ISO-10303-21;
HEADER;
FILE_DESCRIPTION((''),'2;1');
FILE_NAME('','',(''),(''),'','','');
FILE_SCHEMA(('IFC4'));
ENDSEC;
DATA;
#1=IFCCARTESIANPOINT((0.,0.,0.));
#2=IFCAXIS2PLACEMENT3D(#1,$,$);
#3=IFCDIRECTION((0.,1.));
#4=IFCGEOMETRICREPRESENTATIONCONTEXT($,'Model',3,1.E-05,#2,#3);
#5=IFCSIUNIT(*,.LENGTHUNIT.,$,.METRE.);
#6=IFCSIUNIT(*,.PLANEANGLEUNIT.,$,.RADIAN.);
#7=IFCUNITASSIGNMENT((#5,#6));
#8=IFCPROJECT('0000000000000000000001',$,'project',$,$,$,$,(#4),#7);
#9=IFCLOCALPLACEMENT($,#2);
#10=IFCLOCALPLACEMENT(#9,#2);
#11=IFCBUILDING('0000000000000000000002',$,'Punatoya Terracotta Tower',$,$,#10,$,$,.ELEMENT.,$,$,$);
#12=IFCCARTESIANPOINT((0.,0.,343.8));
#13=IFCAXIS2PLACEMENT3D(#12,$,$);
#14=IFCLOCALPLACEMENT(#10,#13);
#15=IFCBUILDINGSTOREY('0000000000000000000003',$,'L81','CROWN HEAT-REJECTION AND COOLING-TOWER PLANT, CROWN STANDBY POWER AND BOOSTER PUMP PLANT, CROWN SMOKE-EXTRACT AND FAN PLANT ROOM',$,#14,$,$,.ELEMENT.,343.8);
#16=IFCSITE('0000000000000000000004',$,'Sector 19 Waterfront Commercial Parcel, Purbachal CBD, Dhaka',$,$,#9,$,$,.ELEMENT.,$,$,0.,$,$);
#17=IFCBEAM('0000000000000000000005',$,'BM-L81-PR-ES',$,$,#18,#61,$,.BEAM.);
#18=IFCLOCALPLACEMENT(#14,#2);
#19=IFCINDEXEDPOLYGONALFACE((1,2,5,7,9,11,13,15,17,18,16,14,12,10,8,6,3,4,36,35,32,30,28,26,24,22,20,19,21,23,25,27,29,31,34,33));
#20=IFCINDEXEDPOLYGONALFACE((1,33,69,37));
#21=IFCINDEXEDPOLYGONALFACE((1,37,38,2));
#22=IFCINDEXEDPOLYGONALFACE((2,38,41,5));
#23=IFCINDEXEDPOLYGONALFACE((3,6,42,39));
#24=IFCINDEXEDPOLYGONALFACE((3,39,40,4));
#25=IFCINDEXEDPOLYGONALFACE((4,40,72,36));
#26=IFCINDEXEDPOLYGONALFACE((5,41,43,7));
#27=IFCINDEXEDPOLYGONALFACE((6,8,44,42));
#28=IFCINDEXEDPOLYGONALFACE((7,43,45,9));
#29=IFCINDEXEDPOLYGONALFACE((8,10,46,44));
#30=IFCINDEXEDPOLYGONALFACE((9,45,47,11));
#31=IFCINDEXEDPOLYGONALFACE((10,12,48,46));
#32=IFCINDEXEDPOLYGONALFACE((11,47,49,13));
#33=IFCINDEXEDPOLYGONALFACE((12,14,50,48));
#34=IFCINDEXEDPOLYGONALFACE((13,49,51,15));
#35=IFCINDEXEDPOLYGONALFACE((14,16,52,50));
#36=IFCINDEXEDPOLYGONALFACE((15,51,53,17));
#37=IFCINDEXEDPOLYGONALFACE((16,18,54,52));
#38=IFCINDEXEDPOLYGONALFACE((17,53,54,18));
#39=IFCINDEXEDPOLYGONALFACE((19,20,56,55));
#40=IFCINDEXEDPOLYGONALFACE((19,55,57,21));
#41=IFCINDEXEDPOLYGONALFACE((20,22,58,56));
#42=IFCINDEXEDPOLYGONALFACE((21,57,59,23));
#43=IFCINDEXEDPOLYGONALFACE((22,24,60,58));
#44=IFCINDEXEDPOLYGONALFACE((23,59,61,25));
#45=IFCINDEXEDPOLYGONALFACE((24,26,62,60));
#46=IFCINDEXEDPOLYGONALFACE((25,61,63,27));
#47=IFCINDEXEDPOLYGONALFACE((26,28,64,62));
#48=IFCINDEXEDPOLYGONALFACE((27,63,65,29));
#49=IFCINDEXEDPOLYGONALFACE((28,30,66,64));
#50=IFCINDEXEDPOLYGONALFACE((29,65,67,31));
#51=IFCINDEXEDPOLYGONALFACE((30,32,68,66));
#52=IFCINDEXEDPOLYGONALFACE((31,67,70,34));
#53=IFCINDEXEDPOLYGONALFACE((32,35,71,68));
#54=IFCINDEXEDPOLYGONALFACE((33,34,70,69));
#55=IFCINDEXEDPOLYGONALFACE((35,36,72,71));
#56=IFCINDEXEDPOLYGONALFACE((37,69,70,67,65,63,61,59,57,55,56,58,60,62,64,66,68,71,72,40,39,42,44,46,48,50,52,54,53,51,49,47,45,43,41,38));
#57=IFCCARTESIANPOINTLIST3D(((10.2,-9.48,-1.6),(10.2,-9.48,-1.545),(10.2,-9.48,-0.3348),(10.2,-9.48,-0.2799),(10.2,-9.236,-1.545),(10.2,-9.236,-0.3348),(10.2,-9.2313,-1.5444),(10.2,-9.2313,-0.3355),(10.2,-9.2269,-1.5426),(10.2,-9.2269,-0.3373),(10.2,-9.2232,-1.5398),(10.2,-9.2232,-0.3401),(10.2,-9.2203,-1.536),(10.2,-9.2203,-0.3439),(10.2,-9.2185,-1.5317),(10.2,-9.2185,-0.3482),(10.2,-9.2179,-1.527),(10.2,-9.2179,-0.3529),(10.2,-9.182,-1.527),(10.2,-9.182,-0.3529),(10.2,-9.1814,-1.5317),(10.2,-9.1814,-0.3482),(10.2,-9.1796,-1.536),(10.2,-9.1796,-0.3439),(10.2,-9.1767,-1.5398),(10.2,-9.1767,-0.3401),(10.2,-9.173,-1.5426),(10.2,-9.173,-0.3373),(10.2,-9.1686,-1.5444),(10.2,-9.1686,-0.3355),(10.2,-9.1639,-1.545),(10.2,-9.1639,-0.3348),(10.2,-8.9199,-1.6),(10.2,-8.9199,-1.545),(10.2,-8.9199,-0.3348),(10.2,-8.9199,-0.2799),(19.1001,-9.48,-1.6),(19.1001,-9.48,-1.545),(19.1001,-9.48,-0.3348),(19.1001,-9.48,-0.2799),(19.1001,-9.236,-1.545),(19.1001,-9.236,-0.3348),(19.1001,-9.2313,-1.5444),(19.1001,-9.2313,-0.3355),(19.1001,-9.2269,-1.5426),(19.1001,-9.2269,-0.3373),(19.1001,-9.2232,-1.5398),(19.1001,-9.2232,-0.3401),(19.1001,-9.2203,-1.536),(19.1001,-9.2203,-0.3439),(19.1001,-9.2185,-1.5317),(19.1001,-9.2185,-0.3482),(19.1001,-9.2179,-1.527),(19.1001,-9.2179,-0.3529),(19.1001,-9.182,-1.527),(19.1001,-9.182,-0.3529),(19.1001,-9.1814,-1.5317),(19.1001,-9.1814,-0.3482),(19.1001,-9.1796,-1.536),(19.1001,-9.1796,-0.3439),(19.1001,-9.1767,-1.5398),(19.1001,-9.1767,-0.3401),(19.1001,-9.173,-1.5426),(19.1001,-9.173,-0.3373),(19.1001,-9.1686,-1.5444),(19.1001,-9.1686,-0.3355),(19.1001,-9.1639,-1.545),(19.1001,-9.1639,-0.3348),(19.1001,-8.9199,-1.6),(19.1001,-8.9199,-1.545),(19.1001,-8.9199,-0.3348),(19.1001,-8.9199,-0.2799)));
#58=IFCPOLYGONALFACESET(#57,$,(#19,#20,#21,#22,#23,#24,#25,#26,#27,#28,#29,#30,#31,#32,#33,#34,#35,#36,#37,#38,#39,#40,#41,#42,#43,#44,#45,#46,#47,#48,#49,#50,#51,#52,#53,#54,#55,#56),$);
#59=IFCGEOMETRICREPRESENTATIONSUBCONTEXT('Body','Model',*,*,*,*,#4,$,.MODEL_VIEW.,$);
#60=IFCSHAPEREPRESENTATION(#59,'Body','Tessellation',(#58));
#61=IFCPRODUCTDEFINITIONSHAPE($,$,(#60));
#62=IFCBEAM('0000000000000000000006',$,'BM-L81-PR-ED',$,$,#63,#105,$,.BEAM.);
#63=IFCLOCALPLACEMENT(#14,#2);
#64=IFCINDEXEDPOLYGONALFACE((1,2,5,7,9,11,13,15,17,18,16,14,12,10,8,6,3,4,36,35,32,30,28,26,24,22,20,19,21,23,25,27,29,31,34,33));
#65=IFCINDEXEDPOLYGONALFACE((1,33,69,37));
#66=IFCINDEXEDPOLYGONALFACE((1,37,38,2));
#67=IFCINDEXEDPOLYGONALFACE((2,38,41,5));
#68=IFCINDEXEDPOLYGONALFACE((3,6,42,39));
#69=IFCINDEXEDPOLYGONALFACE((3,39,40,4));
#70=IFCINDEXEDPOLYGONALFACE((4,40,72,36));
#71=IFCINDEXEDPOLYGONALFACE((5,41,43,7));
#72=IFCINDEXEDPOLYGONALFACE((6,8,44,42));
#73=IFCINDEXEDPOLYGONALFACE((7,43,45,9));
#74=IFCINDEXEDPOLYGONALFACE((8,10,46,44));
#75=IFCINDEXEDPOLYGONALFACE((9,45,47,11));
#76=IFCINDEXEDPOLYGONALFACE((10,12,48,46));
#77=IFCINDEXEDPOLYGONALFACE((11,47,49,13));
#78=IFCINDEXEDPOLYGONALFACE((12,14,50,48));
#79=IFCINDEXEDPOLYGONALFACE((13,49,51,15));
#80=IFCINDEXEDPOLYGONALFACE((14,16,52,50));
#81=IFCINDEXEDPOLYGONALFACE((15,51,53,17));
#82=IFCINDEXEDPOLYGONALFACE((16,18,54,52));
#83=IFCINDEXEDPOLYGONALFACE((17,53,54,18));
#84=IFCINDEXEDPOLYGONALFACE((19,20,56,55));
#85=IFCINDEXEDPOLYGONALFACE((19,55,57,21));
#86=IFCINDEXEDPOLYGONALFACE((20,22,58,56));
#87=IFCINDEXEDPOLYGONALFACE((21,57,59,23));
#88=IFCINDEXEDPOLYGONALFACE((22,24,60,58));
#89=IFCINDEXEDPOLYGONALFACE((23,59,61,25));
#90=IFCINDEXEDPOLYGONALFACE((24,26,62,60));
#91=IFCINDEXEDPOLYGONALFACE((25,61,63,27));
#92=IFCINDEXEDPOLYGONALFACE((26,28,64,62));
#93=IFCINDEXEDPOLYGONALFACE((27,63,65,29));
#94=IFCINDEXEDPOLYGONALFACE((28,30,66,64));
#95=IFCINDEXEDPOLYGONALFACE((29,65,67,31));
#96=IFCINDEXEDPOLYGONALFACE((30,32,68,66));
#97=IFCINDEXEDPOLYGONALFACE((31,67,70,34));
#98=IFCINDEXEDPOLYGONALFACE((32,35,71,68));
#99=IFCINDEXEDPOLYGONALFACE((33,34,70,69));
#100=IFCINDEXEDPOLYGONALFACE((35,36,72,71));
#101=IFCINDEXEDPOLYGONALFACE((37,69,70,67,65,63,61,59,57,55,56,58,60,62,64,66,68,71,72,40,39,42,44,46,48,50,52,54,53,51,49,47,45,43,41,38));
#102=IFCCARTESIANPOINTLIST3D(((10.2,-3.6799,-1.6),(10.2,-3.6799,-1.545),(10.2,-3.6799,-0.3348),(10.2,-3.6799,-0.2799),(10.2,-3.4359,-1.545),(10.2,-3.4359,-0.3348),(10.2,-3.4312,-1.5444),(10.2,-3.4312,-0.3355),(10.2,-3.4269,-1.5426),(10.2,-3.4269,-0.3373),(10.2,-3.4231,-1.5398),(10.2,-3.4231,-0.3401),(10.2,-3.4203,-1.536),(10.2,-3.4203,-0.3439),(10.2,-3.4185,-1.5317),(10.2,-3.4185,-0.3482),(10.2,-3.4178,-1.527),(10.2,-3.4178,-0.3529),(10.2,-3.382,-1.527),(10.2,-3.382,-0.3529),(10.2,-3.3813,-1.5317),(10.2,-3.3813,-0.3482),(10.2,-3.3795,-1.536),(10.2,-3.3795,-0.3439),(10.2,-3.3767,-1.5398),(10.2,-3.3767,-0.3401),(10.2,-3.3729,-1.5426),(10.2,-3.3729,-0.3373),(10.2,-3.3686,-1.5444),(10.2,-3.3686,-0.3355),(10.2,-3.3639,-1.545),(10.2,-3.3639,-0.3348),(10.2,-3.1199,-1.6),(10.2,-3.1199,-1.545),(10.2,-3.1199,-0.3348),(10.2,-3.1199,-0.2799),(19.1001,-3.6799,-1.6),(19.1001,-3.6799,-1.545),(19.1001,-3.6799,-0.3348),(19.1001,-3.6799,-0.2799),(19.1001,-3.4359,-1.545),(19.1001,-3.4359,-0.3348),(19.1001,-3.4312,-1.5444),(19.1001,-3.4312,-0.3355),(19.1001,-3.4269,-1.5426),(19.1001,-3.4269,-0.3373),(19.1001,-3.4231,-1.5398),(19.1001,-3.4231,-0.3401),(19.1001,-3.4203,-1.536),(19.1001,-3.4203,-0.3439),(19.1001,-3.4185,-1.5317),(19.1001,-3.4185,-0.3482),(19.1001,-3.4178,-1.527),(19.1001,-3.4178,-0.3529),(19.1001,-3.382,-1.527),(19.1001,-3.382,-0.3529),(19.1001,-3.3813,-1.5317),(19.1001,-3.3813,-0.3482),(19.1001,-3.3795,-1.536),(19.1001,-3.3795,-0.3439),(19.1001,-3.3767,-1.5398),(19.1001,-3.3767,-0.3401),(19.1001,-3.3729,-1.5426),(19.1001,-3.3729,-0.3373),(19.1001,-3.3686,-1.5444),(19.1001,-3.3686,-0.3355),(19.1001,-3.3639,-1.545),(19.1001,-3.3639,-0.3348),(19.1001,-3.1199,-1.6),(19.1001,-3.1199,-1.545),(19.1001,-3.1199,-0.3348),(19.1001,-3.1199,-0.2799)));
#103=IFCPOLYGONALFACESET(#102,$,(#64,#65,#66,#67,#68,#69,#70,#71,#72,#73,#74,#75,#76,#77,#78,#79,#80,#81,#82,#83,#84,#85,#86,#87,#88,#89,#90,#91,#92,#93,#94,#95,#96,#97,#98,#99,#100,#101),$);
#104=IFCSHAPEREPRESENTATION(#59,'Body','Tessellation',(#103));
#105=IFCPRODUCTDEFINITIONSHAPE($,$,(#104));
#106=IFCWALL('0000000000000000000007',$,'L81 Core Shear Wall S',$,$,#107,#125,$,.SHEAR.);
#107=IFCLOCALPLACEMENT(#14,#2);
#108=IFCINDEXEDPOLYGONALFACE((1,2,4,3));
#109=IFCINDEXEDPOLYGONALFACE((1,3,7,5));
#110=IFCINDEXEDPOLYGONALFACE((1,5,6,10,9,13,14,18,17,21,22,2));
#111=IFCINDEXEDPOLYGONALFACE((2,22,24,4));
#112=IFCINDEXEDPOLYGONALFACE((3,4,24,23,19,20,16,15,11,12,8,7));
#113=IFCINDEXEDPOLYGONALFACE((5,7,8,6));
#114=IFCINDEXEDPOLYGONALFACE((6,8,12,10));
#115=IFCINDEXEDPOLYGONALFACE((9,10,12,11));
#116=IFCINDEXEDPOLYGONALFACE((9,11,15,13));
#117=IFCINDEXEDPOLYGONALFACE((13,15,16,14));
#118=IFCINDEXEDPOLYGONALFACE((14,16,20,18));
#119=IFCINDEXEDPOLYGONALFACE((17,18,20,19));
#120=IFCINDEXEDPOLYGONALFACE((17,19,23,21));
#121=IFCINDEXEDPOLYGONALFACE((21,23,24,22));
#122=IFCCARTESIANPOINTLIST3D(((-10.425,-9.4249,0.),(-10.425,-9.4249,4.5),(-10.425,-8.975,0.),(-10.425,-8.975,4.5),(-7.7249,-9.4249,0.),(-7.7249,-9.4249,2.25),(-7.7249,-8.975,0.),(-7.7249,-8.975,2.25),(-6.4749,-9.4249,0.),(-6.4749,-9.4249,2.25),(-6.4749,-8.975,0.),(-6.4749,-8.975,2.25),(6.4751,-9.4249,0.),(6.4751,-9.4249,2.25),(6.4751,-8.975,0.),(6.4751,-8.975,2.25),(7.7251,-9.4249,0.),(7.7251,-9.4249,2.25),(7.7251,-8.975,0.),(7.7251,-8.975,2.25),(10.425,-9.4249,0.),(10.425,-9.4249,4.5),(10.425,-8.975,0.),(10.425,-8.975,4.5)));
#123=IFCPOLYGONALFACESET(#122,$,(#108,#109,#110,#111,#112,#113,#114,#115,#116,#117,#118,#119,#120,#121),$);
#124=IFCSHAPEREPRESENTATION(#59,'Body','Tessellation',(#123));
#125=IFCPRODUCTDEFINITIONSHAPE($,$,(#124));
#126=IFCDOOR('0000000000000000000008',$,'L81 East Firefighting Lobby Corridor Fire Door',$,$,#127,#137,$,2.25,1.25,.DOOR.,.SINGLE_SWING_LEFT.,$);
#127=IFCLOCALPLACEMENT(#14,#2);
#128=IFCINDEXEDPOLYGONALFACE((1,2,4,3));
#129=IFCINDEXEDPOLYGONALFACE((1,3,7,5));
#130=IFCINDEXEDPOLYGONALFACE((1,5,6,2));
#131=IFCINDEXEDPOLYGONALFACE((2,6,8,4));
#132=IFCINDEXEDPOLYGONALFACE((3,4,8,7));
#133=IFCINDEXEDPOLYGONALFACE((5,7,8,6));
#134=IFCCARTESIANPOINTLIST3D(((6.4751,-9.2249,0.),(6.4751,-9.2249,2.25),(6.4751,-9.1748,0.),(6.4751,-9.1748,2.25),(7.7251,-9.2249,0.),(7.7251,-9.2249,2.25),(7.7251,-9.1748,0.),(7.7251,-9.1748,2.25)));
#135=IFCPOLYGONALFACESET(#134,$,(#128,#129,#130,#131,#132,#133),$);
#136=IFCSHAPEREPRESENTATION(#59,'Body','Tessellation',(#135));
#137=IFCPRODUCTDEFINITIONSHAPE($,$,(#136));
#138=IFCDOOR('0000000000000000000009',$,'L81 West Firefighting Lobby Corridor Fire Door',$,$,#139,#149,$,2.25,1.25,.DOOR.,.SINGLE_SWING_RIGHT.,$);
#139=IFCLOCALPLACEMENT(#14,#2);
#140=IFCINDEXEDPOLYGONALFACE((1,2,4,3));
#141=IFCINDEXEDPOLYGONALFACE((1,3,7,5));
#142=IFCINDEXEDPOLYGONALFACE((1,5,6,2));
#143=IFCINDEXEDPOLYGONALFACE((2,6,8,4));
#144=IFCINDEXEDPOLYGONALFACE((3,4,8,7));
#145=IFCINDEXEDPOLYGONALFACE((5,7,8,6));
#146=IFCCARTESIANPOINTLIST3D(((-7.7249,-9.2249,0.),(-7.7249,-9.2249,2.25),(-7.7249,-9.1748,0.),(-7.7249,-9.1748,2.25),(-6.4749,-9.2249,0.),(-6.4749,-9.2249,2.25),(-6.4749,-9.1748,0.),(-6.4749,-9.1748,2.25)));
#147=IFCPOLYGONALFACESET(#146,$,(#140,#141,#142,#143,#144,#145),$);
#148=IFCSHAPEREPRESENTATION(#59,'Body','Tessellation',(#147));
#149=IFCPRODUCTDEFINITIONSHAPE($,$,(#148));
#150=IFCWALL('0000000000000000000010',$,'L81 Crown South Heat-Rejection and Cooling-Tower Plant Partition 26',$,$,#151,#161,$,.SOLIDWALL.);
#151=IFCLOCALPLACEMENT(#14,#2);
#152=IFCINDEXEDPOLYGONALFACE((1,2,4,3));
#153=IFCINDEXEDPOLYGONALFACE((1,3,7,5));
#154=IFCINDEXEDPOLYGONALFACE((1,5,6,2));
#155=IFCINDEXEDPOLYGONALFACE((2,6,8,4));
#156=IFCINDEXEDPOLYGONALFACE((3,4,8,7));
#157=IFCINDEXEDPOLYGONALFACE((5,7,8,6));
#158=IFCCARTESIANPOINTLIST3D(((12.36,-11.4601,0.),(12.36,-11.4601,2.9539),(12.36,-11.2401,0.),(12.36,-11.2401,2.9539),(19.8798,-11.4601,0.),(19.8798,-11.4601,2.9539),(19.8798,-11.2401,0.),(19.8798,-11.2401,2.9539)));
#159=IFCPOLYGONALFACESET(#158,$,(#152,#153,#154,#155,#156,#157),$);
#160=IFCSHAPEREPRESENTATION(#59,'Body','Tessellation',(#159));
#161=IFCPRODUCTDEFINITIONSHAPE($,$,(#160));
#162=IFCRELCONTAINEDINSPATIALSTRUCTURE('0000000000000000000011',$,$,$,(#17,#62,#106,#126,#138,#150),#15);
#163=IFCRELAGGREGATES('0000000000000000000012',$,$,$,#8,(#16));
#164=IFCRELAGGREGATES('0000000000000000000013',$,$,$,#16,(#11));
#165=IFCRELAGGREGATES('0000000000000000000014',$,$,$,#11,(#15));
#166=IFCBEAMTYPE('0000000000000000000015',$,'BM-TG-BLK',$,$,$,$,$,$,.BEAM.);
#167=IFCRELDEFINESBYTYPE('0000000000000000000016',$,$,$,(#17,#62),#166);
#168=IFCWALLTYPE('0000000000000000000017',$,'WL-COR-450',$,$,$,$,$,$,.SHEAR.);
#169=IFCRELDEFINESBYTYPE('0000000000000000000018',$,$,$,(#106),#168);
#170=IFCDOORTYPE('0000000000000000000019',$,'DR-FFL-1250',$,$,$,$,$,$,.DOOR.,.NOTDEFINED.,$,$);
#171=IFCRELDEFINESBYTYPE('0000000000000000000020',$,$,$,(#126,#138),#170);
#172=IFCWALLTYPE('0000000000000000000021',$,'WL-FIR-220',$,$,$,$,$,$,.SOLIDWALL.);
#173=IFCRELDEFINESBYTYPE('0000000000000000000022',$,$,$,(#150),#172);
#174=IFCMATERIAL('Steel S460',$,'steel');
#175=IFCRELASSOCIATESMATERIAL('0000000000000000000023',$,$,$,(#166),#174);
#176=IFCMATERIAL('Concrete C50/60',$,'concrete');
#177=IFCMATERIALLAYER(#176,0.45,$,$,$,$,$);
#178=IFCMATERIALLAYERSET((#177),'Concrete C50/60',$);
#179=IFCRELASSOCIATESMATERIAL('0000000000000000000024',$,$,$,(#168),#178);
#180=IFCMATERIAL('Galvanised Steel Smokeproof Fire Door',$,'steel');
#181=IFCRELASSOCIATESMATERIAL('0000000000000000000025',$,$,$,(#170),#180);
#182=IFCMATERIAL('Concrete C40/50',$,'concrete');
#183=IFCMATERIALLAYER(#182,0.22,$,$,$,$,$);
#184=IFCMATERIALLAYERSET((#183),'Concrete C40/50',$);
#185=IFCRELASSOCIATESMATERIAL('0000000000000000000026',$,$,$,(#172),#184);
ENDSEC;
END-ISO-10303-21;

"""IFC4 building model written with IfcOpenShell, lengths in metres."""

from ifc_helpers import new_model, si_unit, direction, frame, frame_2d, origin, origin_2d, place, context, subcontext, project, spatial, rectangle, i_section, extrude, material, layer, layer_set, material_profile, profile_set, type_object, element, fill, save


model = new_model("IFC4")

# Units and contexts
model_context = context("Model", 3, precision=1e-05, world=origin(), true_north=direction((0.0, 1.0)))
body_context = subcontext(model_context, "Body", "Model", "MODEL_VIEW")
ifc_project = project(units=[si_unit("LENGTHUNIT", "METRE"), si_unit("PLANEANGLEUNIT", "RADIAN")], contexts=[model_context])

# Site, building, storey
site_placement = place(None, origin())
site = spatial("IfcSite", under=ifc_project, at=site_placement, Name="Sector 19 Waterfront Commercial Parcel, Purbachal CBD, Dhaka", CompositionType="ELEMENT", RefElevation=0.0)
building_placement = place(site_placement, origin())
building = spatial("IfcBuilding", under=site, at=building_placement, Name="Punatoya Terracotta Tower", CompositionType="ELEMENT")
storey_placement = place(building_placement, frame((0.0, 0.0, 343.8)))
storey = spatial("IfcBuildingStorey", under=building, at=storey_placement, Name="L81", Description="CROWN HEAT-REJECTION AND COOLING-TOWER PLANT, CROWN STANDBY POWER AND BOOSTER PUMP PLANT, CROWN SMOKE-EXTRACT AND FAN PLANT ROOM", CompositionType="ELEMENT", Elevation=343.8)

# Beams
ifc_material_1 = material(Name="Steel S460", Category="steel")
ifc_material_profile = material_profile(ifc_material_1, i_section(OverallWidth=0.5601, OverallDepth=1.3201, WebThickness=0.0359, FlangeThickness=0.0549, FilletRadius=0.0181, at=origin_2d()))
ifc_profile_set = profile_set([ifc_material_profile], Name="Steel S460")
beam_type = type_object("IfcBeamType", Name="BM-TG-BLK", PredefinedType="BEAM", material=ifc_profile_set)
for number, where, z_axis, x_axis, name in (
    (1, (10.2, -9.2, -0.9399), (1.0, 0.0, 0.0), (0.0, 1.0, 0.0), "BM-L81-PR-ES"),
    (2, (10.2, -3.3999, -0.9399), (1.0, 0.0, 0.0), (0.0, 1.0, 0.0), "BM-L81-PR-ED"),
):
    element("IfcBeam", number, at=place(storey_placement, frame(where, z_axis=z_axis, x_axis=x_axis)), inside=storey, type_object=beam_type, Name=name, PredefinedType="BEAM", context=body_context, shape_type="SweptSolid", body=[
        extrude(i_section(OverallWidth=0.5601, OverallDepth=1.3201, WebThickness=0.0359, FlangeThickness=0.0549, FilletRadius=0.0181, at=origin_2d()), origin(), (0.0, 0.0, 1.0), 8.9001),
    ])

# Wall, openings, doors
ifc_material_2 = material(Name="Concrete C50/60", Category="concrete")
ifc_layer_1 = layer(ifc_material_2, 0.45)
ifc_layer_set_1 = layer_set([ifc_layer_1], Name="Concrete C50/60")
wall_type_1 = type_object("IfcWallType", Name="WL-COR-450", PredefinedType="SHEAR", material=ifc_layer_set_1)
wall_1_placement = place(storey_placement, frame((10.425, -9.2, 0.0), z_axis=(0.0, 0.0, 1.0), x_axis=(-1.0, 0.0, 0.0)))
wall_1 = element("IfcWall", 3, at=wall_1_placement, inside=storey, type_object=wall_type_1, Name="L81 Core Shear Wall S", PredefinedType="SHEAR", context=body_context, shape_type="SweptSolid", body=[
    extrude(rectangle(XDim=20.8501, YDim=0.45, at=frame_2d((10.425, 0.0))), origin(), (0.0, 0.0, 1.0), 4.5),
])
opening_1_placement = place(wall_1_placement, frame((2.7, 0.0, 0.0)))
opening_1 = element("IfcOpeningElement", 4, at=opening_1_placement, cuts=wall_1, PredefinedType="OPENING", context=body_context, shape_type="SweptSolid", body=[
    extrude(rectangle(XDim=1.25, YDim=2.25, at=frame_2d((0.625, 1.125))), frame((0.0, 0.2349, 0.0), z_axis=(0.0, -1.0, 0.0), x_axis=(1.0, 0.0, 0.0)), (0.0, 0.0, 1.0), 0.47),
])
opening_2_placement = place(wall_1_placement, frame((16.8999, 0.0, 0.0)))
opening_2 = element("IfcOpeningElement", 5, at=opening_2_placement, cuts=wall_1, PredefinedType="OPENING", context=body_context, shape_type="SweptSolid", body=[
    extrude(rectangle(XDim=1.25, YDim=2.25, at=frame_2d((0.625, 1.125))), frame((0.0, 0.2349, 0.0), z_axis=(0.0, -1.0, 0.0), x_axis=(1.0, 0.0, 0.0)), (0.0, 0.0, 1.0), 0.47),
])
ifc_material_3 = material(Name="Galvanised Steel Smokeproof Fire Door", Category="steel")
door_type_1 = type_object("IfcDoorType", Name="DR-FFL-1250", OperationType="NOTDEFINED", PredefinedType="DOOR", material=ifc_material_3)
door_1_placement = place(opening_1_placement, origin())
door_1 = element("IfcDoor", 6, at=door_1_placement, inside=storey, type_object=door_type_1, Name="L81 East Firefighting Lobby Corridor Fire Door", OperationType="SINGLE_SWING_LEFT", OverallHeight=2.25, OverallWidth=1.25, PredefinedType="DOOR", context=body_context, shape_type="SweptSolid", body=[
    extrude(rectangle(XDim=1.25, YDim=2.25, at=frame_2d((0.625, 1.125))), frame((0.0, 0.0249, 0.0), z_axis=(0.0, -1.0, 0.0), x_axis=(1.0, 0.0, 0.0)), (0.0, 0.0, 1.0), 0.05),
])
fill(opening_1, door_1)
door_2_placement = place(opening_2_placement, origin())
door_2 = element("IfcDoor", 7, at=door_2_placement, inside=storey, type_object=door_type_1, Name="L81 West Firefighting Lobby Corridor Fire Door", OperationType="SINGLE_SWING_RIGHT", OverallHeight=2.25, OverallWidth=1.25, PredefinedType="DOOR", context=body_context, shape_type="SweptSolid", body=[
    extrude(rectangle(XDim=1.25, YDim=2.25, at=frame_2d((0.625, 1.125))), frame((0.0, 0.0249, 0.0), z_axis=(0.0, -1.0, 0.0), x_axis=(1.0, 0.0, 0.0)), (0.0, 0.0, 1.0), 0.05),
])
fill(opening_2, door_2)

# Wall
ifc_material_4 = material(Name="Concrete C40/50", Category="concrete")
ifc_layer_2 = layer(ifc_material_4, 0.22)
ifc_layer_set_2 = layer_set([ifc_layer_2], Name="Concrete C40/50")
wall_type_2 = type_object("IfcWallType", Name="WL-FIR-220", PredefinedType="SOLIDWALL", material=ifc_layer_set_2)
wall_2_placement = place(storey_placement, frame((12.3601, -11.3501, 0.0), z_axis=(0.0, 0.0, 1.0), x_axis=(1.0, 0.0, 0.0)))
element("IfcWall", 8, at=wall_2_placement, inside=storey, type_object=wall_type_2, Name="L81 Crown South Heat-Rejection and Cooling-Tower Plant Partition 26", PredefinedType="SOLIDWALL", context=body_context, shape_type="SweptSolid", body=[
    extrude(rectangle(XDim=7.5198, YDim=0.22, at=frame_2d((3.7598, 0.0))), origin(), (0.0, 0.0, 1.0), 2.9539),
])

save(model, "model.ifc")
